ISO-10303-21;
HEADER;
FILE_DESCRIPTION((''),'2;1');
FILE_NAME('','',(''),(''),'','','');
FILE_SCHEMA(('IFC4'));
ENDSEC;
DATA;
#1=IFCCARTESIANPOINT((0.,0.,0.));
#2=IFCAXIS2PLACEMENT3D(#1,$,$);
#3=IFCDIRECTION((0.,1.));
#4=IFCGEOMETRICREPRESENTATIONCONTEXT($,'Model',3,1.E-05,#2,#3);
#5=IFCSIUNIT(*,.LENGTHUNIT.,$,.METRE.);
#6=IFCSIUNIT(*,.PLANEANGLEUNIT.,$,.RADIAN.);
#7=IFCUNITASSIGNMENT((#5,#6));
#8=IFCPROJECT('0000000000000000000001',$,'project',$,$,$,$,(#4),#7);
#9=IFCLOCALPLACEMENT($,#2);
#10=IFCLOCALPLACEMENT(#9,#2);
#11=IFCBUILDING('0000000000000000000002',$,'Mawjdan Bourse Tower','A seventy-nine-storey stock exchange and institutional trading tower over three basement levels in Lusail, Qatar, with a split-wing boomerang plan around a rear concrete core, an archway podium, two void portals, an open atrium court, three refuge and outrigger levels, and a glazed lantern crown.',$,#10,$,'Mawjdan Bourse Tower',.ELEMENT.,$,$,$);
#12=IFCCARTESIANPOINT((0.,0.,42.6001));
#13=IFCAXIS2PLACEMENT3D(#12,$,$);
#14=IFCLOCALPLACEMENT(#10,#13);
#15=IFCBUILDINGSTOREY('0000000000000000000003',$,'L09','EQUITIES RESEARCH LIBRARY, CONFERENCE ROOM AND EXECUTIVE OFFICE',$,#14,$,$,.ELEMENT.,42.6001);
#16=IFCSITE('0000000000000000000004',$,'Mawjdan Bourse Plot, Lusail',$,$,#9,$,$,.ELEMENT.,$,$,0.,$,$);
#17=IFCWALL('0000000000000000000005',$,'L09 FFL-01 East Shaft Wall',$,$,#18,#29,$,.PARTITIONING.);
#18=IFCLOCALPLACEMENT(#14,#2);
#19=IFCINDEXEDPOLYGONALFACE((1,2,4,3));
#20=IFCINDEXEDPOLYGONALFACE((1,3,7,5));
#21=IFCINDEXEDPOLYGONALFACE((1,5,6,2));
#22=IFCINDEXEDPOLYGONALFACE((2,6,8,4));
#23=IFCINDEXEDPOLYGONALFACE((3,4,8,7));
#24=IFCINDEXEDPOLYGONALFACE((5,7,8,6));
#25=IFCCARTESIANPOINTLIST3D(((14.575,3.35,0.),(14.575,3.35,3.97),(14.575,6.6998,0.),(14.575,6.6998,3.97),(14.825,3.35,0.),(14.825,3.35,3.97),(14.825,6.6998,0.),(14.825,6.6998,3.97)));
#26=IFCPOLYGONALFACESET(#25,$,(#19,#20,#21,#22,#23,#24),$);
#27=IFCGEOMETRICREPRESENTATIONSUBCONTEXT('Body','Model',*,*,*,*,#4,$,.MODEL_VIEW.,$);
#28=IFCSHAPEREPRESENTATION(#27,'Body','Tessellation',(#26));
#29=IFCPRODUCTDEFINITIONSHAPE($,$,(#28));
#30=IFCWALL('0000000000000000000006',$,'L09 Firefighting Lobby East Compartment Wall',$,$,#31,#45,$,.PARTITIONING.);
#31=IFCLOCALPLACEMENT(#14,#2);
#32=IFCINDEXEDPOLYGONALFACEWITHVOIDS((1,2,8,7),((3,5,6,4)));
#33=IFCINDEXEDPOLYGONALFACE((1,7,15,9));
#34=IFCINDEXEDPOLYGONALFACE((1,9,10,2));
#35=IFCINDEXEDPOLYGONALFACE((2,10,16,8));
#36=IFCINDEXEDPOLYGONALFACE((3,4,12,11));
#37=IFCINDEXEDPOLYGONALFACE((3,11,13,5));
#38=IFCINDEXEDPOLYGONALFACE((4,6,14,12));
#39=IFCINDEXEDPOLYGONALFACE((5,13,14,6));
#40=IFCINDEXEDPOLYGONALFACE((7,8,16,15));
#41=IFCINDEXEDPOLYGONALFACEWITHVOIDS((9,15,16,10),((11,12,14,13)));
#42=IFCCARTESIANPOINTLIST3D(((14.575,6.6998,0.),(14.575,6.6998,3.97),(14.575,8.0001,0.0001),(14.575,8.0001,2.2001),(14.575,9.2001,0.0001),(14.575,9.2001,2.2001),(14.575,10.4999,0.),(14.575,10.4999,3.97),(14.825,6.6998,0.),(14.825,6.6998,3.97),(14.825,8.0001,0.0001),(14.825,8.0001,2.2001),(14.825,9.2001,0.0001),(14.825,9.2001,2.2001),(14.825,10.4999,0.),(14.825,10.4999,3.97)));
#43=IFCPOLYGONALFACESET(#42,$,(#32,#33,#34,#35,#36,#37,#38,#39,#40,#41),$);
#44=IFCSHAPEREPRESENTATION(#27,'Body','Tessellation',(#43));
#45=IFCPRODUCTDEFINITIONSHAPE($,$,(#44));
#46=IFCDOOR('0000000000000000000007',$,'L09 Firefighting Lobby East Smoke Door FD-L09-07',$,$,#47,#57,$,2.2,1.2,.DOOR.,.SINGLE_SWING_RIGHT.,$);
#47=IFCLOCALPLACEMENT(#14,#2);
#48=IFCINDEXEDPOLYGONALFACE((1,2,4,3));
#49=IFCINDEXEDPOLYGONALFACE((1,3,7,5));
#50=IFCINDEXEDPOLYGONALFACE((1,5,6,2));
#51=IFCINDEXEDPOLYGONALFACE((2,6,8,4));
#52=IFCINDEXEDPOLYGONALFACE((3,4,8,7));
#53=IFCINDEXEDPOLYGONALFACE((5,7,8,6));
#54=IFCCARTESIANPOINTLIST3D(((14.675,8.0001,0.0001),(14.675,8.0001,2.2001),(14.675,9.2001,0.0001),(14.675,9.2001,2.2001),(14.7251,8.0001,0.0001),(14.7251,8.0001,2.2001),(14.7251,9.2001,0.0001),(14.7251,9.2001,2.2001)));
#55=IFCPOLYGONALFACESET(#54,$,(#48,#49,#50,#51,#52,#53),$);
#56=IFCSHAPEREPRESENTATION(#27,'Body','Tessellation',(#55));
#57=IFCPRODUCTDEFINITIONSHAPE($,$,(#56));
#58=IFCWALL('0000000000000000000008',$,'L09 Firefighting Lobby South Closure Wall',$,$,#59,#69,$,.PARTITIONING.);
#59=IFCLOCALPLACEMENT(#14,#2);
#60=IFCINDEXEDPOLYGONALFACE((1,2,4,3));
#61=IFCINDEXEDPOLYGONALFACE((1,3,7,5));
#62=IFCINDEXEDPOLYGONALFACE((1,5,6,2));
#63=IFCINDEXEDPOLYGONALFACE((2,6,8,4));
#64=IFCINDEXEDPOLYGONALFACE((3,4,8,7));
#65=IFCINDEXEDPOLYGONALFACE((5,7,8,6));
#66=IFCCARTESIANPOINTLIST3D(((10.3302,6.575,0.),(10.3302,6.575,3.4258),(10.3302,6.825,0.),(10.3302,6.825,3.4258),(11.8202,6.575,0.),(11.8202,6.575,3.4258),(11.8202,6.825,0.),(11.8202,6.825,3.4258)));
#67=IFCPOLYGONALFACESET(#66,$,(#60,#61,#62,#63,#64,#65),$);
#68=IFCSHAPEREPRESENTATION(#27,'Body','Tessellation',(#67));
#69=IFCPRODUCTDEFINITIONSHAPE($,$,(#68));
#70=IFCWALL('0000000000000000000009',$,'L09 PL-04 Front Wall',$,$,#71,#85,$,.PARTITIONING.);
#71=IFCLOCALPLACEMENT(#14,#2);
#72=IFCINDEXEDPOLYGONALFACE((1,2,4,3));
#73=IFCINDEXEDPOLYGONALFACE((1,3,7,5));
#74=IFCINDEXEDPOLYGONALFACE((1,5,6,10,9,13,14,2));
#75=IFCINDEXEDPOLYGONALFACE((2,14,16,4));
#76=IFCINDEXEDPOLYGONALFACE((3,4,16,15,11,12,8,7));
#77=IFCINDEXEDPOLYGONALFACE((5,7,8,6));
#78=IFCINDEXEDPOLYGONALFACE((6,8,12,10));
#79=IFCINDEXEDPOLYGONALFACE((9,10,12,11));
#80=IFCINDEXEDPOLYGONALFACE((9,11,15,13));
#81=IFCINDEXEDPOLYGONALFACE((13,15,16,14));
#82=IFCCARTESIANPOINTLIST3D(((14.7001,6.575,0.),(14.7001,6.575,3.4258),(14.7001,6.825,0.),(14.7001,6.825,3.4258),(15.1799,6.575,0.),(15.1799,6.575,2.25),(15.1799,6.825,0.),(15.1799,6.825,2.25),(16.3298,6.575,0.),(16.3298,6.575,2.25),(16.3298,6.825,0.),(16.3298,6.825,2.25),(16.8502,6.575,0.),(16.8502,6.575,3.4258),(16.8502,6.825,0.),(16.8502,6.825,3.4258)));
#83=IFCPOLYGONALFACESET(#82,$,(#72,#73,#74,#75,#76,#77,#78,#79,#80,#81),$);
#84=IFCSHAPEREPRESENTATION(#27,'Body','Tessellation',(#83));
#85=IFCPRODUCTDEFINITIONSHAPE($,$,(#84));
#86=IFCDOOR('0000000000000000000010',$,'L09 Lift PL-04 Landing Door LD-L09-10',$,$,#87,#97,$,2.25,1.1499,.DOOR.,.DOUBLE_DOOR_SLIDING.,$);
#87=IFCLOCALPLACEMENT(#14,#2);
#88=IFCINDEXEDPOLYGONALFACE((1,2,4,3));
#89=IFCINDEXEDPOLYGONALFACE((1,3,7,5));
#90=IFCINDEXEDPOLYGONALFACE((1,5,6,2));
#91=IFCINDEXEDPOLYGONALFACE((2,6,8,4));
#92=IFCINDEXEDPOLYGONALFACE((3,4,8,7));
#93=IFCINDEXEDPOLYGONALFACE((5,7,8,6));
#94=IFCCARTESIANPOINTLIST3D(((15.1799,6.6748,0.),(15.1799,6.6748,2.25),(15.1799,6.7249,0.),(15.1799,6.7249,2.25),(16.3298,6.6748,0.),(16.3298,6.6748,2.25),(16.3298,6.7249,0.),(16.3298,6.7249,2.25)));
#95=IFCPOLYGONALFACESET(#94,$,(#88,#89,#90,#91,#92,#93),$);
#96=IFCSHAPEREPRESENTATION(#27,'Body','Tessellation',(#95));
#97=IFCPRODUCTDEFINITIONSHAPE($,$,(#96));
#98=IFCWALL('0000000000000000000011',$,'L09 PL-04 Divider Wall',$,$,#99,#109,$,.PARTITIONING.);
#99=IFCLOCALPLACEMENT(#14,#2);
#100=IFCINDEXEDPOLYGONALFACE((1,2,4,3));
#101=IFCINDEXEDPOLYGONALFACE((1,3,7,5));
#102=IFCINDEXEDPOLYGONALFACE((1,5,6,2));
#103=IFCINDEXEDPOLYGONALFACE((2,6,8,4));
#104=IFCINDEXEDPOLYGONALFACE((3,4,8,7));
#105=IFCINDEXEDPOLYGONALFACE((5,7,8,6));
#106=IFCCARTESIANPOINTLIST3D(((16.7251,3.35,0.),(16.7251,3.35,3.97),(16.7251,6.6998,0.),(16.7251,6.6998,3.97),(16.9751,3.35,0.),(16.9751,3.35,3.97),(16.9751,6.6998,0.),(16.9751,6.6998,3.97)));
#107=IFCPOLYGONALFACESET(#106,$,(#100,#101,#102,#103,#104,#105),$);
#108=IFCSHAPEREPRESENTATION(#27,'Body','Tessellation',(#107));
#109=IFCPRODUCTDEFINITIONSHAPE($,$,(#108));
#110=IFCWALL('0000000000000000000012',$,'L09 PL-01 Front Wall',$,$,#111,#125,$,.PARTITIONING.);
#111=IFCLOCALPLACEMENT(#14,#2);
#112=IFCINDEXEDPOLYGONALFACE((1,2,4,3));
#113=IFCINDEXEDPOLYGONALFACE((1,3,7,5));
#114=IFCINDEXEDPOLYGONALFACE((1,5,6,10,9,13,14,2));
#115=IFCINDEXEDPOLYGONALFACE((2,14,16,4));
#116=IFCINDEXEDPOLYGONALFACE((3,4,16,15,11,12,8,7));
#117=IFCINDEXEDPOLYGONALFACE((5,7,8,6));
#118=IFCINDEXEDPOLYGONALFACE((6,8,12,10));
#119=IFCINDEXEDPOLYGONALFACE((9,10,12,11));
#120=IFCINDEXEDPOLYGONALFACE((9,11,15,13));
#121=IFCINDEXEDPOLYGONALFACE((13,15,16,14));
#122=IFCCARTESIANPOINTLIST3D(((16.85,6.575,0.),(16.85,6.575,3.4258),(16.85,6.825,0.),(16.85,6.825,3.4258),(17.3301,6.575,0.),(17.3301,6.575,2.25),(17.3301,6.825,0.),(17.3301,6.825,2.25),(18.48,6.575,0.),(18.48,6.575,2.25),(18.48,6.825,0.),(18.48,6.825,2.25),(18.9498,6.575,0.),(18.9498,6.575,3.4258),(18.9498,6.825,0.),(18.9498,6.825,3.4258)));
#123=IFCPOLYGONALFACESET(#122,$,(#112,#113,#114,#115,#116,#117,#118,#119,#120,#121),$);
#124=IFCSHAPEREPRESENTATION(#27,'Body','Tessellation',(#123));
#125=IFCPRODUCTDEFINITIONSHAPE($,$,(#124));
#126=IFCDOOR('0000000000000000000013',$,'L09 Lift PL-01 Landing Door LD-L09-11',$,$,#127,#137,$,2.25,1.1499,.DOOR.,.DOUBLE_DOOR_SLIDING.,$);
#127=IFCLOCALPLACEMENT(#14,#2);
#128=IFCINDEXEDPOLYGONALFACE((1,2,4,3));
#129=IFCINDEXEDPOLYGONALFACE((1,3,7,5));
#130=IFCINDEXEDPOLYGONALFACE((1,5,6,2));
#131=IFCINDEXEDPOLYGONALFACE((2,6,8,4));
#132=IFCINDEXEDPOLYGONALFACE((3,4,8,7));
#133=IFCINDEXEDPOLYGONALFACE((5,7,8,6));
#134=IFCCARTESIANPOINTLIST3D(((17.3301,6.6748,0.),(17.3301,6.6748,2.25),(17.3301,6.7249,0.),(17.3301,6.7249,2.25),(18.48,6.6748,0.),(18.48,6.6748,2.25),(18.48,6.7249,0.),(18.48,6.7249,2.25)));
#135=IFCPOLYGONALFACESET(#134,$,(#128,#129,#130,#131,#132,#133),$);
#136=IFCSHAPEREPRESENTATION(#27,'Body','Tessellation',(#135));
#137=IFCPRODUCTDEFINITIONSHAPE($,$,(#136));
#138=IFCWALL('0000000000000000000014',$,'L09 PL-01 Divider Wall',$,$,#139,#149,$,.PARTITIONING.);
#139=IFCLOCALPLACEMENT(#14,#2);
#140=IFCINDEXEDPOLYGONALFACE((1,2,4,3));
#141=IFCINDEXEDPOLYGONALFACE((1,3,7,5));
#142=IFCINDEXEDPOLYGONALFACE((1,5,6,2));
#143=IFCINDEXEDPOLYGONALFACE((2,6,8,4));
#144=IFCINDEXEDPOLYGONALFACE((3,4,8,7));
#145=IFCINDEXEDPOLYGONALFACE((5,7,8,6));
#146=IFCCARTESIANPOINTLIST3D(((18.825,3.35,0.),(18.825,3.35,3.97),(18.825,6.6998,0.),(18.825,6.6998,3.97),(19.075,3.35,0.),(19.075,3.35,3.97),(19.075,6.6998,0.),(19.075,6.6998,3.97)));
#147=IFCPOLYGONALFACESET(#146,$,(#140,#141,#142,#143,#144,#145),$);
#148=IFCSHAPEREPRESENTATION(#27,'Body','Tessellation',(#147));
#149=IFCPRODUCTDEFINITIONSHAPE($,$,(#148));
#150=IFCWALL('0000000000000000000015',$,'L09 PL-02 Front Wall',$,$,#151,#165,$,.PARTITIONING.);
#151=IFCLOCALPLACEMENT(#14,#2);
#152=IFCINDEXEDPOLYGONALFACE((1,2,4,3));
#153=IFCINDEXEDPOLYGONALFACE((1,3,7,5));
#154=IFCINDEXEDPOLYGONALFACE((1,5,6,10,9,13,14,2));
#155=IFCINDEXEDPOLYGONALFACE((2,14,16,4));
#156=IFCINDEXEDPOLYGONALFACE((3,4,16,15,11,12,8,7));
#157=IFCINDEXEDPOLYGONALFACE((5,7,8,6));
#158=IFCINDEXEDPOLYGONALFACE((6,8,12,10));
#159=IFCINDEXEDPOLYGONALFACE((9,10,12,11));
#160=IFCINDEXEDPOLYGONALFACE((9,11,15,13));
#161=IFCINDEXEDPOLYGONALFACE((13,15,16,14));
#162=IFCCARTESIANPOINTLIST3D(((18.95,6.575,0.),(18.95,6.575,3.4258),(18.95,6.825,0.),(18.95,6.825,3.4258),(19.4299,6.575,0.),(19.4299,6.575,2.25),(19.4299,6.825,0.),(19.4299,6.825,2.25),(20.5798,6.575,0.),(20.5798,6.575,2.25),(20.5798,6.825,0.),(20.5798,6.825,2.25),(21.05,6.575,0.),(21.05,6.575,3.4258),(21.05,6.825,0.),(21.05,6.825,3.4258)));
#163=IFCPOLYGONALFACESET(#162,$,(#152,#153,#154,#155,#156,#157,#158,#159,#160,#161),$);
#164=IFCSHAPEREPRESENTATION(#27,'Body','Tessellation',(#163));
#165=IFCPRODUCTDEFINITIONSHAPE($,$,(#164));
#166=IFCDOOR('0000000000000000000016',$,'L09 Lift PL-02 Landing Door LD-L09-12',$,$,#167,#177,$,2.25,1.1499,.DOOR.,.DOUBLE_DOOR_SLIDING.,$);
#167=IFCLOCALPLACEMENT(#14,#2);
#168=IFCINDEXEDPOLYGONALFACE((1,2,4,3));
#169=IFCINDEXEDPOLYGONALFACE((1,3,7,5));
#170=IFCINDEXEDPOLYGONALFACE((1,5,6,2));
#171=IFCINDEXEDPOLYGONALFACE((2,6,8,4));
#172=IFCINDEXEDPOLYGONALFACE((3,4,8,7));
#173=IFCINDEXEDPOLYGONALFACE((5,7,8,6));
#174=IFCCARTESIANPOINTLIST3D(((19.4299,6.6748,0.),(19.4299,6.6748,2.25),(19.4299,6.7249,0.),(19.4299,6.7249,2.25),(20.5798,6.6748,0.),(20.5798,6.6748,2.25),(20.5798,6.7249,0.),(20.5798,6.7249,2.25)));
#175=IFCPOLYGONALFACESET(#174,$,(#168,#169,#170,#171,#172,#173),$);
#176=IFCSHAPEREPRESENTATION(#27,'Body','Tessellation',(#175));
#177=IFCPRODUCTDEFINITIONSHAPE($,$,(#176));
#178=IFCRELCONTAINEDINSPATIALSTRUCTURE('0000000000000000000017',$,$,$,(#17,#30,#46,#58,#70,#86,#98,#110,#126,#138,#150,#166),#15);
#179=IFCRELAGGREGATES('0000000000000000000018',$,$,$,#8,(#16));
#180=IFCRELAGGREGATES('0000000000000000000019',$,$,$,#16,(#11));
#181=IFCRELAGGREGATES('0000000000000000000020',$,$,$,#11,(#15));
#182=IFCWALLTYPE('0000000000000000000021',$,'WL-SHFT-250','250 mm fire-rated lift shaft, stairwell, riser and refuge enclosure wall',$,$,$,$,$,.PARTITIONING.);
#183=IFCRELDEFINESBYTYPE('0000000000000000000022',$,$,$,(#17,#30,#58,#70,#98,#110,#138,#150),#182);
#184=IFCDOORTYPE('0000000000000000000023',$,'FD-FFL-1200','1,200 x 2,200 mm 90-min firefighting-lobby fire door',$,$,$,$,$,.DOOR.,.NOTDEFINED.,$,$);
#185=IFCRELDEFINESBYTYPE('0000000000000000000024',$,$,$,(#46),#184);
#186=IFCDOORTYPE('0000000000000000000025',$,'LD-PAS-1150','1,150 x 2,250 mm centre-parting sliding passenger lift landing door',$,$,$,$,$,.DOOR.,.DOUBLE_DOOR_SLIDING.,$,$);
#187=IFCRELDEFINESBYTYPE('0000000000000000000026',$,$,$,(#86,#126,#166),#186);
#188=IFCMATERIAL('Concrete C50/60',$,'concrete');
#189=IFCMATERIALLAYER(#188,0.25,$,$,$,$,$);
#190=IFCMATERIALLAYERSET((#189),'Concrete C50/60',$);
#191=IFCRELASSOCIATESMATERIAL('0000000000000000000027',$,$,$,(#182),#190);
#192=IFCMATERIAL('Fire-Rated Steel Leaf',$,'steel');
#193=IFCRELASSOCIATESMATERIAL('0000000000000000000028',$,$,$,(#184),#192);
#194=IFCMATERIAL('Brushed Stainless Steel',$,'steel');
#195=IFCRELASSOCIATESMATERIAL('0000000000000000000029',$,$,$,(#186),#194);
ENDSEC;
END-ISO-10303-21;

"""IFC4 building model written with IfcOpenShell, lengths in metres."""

from ifc_helpers import new_model, si_unit, direction, frame, frame_2d, origin, place, context, subcontext, project, spatial, rectangle, extrude, material, layer, layer_set, type_object, element, fill, save


model = new_model("IFC4")

# Units and contexts
model_context = context("Model", 3, precision=1e-05, world=origin(), true_north=direction((0.0, 1.0)))
body_context = subcontext(model_context, "Body", "Model", "MODEL_VIEW")
ifc_project = project(units=[si_unit("LENGTHUNIT", "METRE"), si_unit("PLANEANGLEUNIT", "RADIAN")], contexts=[model_context])

# Site, building, storey
site_placement = place(None, origin())
site = spatial("IfcSite", under=ifc_project, at=site_placement, Name="Mawjdan Bourse Plot, Lusail", CompositionType="ELEMENT", RefElevation=0.0)
building_placement = place(site_placement, origin())
building = spatial("IfcBuilding", under=site, at=building_placement, Name="Mawjdan Bourse Tower", Description="A seventy-nine-storey stock exchange and institutional trading tower over three basement levels in Lusail, Qatar, with a split-wing boomerang plan around a rear concrete core, an archway podium, two void portals, an open atrium court, three refuge and outrigger levels, and a glazed lantern crown.", LongName="Mawjdan Bourse Tower", CompositionType="ELEMENT")
storey_placement = place(building_placement, frame((0.0, 0.0, 42.6001)))
storey = spatial("IfcBuildingStorey", under=building, at=storey_placement, Name="L09", Description="EQUITIES RESEARCH LIBRARY, CONFERENCE ROOM AND EXECUTIVE OFFICE", CompositionType="ELEMENT", Elevation=42.6001)

# Shared definitions
ifc_material_1 = material(Name="Concrete C50/60", Category="concrete")
ifc_layer_1 = layer(ifc_material_1, 0.25)
ifc_layer_set_1 = layer_set([ifc_layer_1], Name="Concrete C50/60")
wall_type_1 = type_object("IfcWallType", Name="WL-SHFT-250", Description="250 mm fire-rated lift shaft, stairwell, riser and refuge enclosure wall", PredefinedType="PARTITIONING", material=ifc_layer_set_1)

# Shared definitions
ifc_material_2 = material(Name="Brushed Stainless Steel", Category="steel")

# Wall
wall_1_placement = place(storey_placement, frame((14.7, 3.3501, 0.0), z_axis=(0.0, 0.0, 1.0), x_axis=(0.0, 1.0, 0.0)))
element("IfcWall", 1, at=wall_1_placement, inside=storey, type_object=wall_type_1, Name="L09 FFL-01 East Shaft Wall", PredefinedType="PARTITIONING", context=body_context, shape_type="SweptSolid", body=[
    extrude(rectangle(XDim=3.3499, YDim=0.25, at=frame_2d((1.6748, 0.0))), origin(), (0.0, 0.0, 1.0), 3.97),
])

# Wall, opening, door
wall_2_placement = place(storey_placement, frame((14.7, 6.7, 0.0), z_axis=(0.0, 0.0, 1.0), x_axis=(0.0, 1.0, 0.0)))
wall_2 = element("IfcWall", 2, at=wall_2_placement, inside=storey, type_object=wall_type_1, Name="L09 Firefighting Lobby East Compartment Wall", PredefinedType="PARTITIONING", context=body_context, shape_type="SweptSolid", body=[
    extrude(rectangle(XDim=3.8, YDim=0.25, at=frame_2d((1.8999, 0.0))), origin(), (0.0, 0.0, 1.0), 3.97),
])
opening_1_placement = place(wall_2_placement, frame((1.3, 0.0, 0.0)))
opening_1 = element("IfcOpeningElement", 3, at=opening_1_placement, cuts=wall_2, PredefinedType="OPENING", context=body_context, shape_type="SweptSolid", body=[
    extrude(rectangle(XDim=1.2, YDim=2.2, at=frame_2d((0.6001, 1.1001))), frame((0.0, 0.135, 0.0), z_axis=(0.0, -1.0, 0.0), x_axis=(1.0, 0.0, 0.0)), (0.0, 0.0, 1.0), 0.27),
])
ifc_material_3 = material(Name="Fire-Rated Steel Leaf", Category="steel")
door_type_1 = type_object("IfcDoorType", Name="FD-FFL-1200", Description="1,200 x 2,200 mm 90-min firefighting-lobby fire door", OperationType="NOTDEFINED", PredefinedType="DOOR", material=ifc_material_3)
door_1_placement = place(opening_1_placement, origin())
door_1 = element("IfcDoor", 4, at=door_1_placement, inside=storey, type_object=door_type_1, Name="L09 Firefighting Lobby East Smoke Door FD-L09-07", OperationType="SINGLE_SWING_RIGHT", OverallHeight=2.2, OverallWidth=1.2, PredefinedType="DOOR", context=body_context, shape_type="SweptSolid", body=[
    extrude(rectangle(XDim=1.2, YDim=2.2, at=frame_2d((0.6001, 1.1001))), frame((0.0, 0.0249, 0.0), z_axis=(0.0, -1.0, 0.0), x_axis=(1.0, 0.0, 0.0)), (0.0, 0.0, 1.0), 0.05),
])
fill(opening_1, door_1)

# Wall
wall_3_placement = place(storey_placement, frame((10.3301, 6.7, 0.0), z_axis=(0.0, 0.0, 1.0), x_axis=(1.0, 0.0, 0.0)))
element("IfcWall", 5, at=wall_3_placement, inside=storey, type_object=wall_type_1, Name="L09 Firefighting Lobby South Closure Wall", PredefinedType="PARTITIONING", context=body_context, shape_type="SweptSolid", body=[
    extrude(rectangle(XDim=1.49, YDim=0.25, at=frame_2d((0.7451, 0.0))), origin(), (0.0, 0.0, 1.0), 3.4258),
])

# Wall, opening, door
wall_4_placement = place(storey_placement, frame((14.7, 6.7, 0.0), z_axis=(0.0, 0.0, 1.0), x_axis=(1.0, 0.0, 0.0)))
wall_4 = element("IfcWall", 6, at=wall_4_placement, inside=storey, type_object=wall_type_1, Name="L09 PL-04 Front Wall", PredefinedType="PARTITIONING", context=body_context, shape_type="SweptSolid", body=[
    extrude(rectangle(XDim=2.1501, YDim=0.25, at=frame_2d((1.0752, 0.0))), origin(), (0.0, 0.0, 1.0), 3.4258),
])
opening_2_placement = place(wall_4_placement, frame((0.48, 0.0, 0.0)))
opening_2 = element("IfcOpeningElement", 7, at=opening_2_placement, cuts=wall_4, PredefinedType="OPENING", context=body_context, shape_type="SweptSolid", body=[
    extrude(rectangle(XDim=1.1499, YDim=2.25, at=frame_2d((0.575, 1.125))), frame((0.0, 0.135, 0.0), z_axis=(0.0, -1.0, 0.0), x_axis=(1.0, 0.0, 0.0)), (0.0, 0.0, 1.0), 0.27),
])
door_type_2 = type_object("IfcDoorType", Name="LD-PAS-1150", Description="1,150 x 2,250 mm centre-parting sliding passenger lift landing door", OperationType="DOUBLE_DOOR_SLIDING", PredefinedType="DOOR", material=ifc_material_2)
door_2_placement = place(opening_2_placement, origin())
door_2 = element("IfcDoor", 8, at=door_2_placement, inside=storey, type_object=door_type_2, Name="L09 Lift PL-04 Landing Door LD-L09-10", OperationType="DOUBLE_DOOR_SLIDING", OverallHeight=2.25, OverallWidth=1.1499, PredefinedType="DOOR", context=body_context, shape_type="SweptSolid", body=[
    extrude(rectangle(XDim=1.1499, YDim=2.25, at=frame_2d((0.575, 1.125))), frame((0.0, 0.0249, 0.0), z_axis=(0.0, -1.0, 0.0), x_axis=(1.0, 0.0, 0.0)), (0.0, 0.0, 1.0), 0.05),
])
fill(opening_2, door_2)

# Wall
wall_5_placement = place(storey_placement, frame((16.8501, 3.3501, 0.0), z_axis=(0.0, 0.0, 1.0), x_axis=(0.0, 1.0, 0.0)))
element("IfcWall", 9, at=wall_5_placement, inside=storey, type_object=wall_type_1, Name="L09 PL-04 Divider Wall", PredefinedType="PARTITIONING", context=body_context, shape_type="SweptSolid", body=[
    extrude(rectangle(XDim=3.3499, YDim=0.25, at=frame_2d((1.6748, 0.0))), origin(), (0.0, 0.0, 1.0), 3.97),
])

# Wall, opening, door
wall_6_placement = place(storey_placement, frame((16.8501, 6.7, 0.0), z_axis=(0.0, 0.0, 1.0), x_axis=(1.0, 0.0, 0.0)))
wall_6 = element("IfcWall", 10, at=wall_6_placement, inside=storey, type_object=wall_type_1, Name="L09 PL-01 Front Wall", PredefinedType="PARTITIONING", context=body_context, shape_type="SweptSolid", body=[
    extrude(rectangle(XDim=2.0999, YDim=0.25, at=frame_2d((1.0498, 0.0))), origin(), (0.0, 0.0, 1.0), 3.4258),
])
opening_3_placement = place(wall_6_placement, frame((0.48, 0.0, 0.0)))
opening_3 = element("IfcOpeningElement", 11, at=opening_3_placement, cuts=wall_6, PredefinedType="OPENING", context=body_context, shape_type="SweptSolid", body=[
    extrude(rectangle(XDim=1.1499, YDim=2.25, at=frame_2d((0.575, 1.125))), frame((0.0, 0.135, 0.0), z_axis=(0.0, -1.0, 0.0), x_axis=(1.0, 0.0, 0.0)), (0.0, 0.0, 1.0), 0.27),
])
door_3_placement = place(opening_3_placement, origin())
door_3 = element("IfcDoor", 12, at=door_3_placement, inside=storey, type_object=door_type_2, Name="L09 Lift PL-01 Landing Door LD-L09-11", OperationType="DOUBLE_DOOR_SLIDING", OverallHeight=2.25, OverallWidth=1.1499, PredefinedType="DOOR", context=body_context, shape_type="SweptSolid", body=[
    extrude(rectangle(XDim=1.1499, YDim=2.25, at=frame_2d((0.575, 1.125))), frame((0.0, 0.0249, 0.0), z_axis=(0.0, -1.0, 0.0), x_axis=(1.0, 0.0, 0.0)), (0.0, 0.0, 1.0), 0.05),
])
fill(opening_3, door_3)

# Wall
wall_7_placement = place(storey_placement, frame((18.95, 3.3501, 0.0), z_axis=(0.0, 0.0, 1.0), x_axis=(0.0, 1.0, 0.0)))
element("IfcWall", 13, at=wall_7_placement, inside=storey, type_object=wall_type_1, Name="L09 PL-01 Divider Wall", PredefinedType="PARTITIONING", context=body_context, shape_type="SweptSolid", body=[
    extrude(rectangle(XDim=3.3499, YDim=0.25, at=frame_2d((1.6748, 0.0))), origin(), (0.0, 0.0, 1.0), 3.97),
])

# Wall, opening, door
wall_8_placement = place(storey_placement, frame((18.95, 6.7, 0.0), z_axis=(0.0, 0.0, 1.0), x_axis=(1.0, 0.0, 0.0)))
wall_8 = element("IfcWall", 14, at=wall_8_placement, inside=storey, type_object=wall_type_1, Name="L09 PL-02 Front Wall", PredefinedType="PARTITIONING", context=body_context, shape_type="SweptSolid", body=[
    extrude(rectangle(XDim=2.1001, YDim=0.25, at=frame_2d((1.05, 0.0))), origin(), (0.0, 0.0, 1.0), 3.4258),
])
opening_4_placement = place(wall_8_placement, frame((0.48, 0.0, 0.0)))
opening_4 = element("IfcOpeningElement", 15, at=opening_4_placement, cuts=wall_8, PredefinedType="OPENING", context=body_context, shape_type="SweptSolid", body=[
    extrude(rectangle(XDim=1.1499, YDim=2.25, at=frame_2d((0.575, 1.125))), frame((0.0, 0.135, 0.0), z_axis=(0.0, -1.0, 0.0), x_axis=(1.0, 0.0, 0.0)), (0.0, 0.0, 1.0), 0.27),
])
door_4_placement = place(opening_4_placement, origin())
door_4 = element("IfcDoor", 16, at=door_4_placement, inside=storey, type_object=door_type_2, Name="L09 Lift PL-02 Landing Door LD-L09-12", OperationType="DOUBLE_DOOR_SLIDING", OverallHeight=2.25, OverallWidth=1.1499, PredefinedType="DOOR", context=body_context, shape_type="SweptSolid", body=[
    extrude(rectangle(XDim=1.1499, YDim=2.25, at=frame_2d((0.575, 1.125))), frame((0.0, 0.0249, 0.0), z_axis=(0.0, -1.0, 0.0), x_axis=(1.0, 0.0, 0.0)), (0.0, 0.0, 1.0), 0.05),
])
fill(opening_4, door_4)

save(model, "model.ifc")
